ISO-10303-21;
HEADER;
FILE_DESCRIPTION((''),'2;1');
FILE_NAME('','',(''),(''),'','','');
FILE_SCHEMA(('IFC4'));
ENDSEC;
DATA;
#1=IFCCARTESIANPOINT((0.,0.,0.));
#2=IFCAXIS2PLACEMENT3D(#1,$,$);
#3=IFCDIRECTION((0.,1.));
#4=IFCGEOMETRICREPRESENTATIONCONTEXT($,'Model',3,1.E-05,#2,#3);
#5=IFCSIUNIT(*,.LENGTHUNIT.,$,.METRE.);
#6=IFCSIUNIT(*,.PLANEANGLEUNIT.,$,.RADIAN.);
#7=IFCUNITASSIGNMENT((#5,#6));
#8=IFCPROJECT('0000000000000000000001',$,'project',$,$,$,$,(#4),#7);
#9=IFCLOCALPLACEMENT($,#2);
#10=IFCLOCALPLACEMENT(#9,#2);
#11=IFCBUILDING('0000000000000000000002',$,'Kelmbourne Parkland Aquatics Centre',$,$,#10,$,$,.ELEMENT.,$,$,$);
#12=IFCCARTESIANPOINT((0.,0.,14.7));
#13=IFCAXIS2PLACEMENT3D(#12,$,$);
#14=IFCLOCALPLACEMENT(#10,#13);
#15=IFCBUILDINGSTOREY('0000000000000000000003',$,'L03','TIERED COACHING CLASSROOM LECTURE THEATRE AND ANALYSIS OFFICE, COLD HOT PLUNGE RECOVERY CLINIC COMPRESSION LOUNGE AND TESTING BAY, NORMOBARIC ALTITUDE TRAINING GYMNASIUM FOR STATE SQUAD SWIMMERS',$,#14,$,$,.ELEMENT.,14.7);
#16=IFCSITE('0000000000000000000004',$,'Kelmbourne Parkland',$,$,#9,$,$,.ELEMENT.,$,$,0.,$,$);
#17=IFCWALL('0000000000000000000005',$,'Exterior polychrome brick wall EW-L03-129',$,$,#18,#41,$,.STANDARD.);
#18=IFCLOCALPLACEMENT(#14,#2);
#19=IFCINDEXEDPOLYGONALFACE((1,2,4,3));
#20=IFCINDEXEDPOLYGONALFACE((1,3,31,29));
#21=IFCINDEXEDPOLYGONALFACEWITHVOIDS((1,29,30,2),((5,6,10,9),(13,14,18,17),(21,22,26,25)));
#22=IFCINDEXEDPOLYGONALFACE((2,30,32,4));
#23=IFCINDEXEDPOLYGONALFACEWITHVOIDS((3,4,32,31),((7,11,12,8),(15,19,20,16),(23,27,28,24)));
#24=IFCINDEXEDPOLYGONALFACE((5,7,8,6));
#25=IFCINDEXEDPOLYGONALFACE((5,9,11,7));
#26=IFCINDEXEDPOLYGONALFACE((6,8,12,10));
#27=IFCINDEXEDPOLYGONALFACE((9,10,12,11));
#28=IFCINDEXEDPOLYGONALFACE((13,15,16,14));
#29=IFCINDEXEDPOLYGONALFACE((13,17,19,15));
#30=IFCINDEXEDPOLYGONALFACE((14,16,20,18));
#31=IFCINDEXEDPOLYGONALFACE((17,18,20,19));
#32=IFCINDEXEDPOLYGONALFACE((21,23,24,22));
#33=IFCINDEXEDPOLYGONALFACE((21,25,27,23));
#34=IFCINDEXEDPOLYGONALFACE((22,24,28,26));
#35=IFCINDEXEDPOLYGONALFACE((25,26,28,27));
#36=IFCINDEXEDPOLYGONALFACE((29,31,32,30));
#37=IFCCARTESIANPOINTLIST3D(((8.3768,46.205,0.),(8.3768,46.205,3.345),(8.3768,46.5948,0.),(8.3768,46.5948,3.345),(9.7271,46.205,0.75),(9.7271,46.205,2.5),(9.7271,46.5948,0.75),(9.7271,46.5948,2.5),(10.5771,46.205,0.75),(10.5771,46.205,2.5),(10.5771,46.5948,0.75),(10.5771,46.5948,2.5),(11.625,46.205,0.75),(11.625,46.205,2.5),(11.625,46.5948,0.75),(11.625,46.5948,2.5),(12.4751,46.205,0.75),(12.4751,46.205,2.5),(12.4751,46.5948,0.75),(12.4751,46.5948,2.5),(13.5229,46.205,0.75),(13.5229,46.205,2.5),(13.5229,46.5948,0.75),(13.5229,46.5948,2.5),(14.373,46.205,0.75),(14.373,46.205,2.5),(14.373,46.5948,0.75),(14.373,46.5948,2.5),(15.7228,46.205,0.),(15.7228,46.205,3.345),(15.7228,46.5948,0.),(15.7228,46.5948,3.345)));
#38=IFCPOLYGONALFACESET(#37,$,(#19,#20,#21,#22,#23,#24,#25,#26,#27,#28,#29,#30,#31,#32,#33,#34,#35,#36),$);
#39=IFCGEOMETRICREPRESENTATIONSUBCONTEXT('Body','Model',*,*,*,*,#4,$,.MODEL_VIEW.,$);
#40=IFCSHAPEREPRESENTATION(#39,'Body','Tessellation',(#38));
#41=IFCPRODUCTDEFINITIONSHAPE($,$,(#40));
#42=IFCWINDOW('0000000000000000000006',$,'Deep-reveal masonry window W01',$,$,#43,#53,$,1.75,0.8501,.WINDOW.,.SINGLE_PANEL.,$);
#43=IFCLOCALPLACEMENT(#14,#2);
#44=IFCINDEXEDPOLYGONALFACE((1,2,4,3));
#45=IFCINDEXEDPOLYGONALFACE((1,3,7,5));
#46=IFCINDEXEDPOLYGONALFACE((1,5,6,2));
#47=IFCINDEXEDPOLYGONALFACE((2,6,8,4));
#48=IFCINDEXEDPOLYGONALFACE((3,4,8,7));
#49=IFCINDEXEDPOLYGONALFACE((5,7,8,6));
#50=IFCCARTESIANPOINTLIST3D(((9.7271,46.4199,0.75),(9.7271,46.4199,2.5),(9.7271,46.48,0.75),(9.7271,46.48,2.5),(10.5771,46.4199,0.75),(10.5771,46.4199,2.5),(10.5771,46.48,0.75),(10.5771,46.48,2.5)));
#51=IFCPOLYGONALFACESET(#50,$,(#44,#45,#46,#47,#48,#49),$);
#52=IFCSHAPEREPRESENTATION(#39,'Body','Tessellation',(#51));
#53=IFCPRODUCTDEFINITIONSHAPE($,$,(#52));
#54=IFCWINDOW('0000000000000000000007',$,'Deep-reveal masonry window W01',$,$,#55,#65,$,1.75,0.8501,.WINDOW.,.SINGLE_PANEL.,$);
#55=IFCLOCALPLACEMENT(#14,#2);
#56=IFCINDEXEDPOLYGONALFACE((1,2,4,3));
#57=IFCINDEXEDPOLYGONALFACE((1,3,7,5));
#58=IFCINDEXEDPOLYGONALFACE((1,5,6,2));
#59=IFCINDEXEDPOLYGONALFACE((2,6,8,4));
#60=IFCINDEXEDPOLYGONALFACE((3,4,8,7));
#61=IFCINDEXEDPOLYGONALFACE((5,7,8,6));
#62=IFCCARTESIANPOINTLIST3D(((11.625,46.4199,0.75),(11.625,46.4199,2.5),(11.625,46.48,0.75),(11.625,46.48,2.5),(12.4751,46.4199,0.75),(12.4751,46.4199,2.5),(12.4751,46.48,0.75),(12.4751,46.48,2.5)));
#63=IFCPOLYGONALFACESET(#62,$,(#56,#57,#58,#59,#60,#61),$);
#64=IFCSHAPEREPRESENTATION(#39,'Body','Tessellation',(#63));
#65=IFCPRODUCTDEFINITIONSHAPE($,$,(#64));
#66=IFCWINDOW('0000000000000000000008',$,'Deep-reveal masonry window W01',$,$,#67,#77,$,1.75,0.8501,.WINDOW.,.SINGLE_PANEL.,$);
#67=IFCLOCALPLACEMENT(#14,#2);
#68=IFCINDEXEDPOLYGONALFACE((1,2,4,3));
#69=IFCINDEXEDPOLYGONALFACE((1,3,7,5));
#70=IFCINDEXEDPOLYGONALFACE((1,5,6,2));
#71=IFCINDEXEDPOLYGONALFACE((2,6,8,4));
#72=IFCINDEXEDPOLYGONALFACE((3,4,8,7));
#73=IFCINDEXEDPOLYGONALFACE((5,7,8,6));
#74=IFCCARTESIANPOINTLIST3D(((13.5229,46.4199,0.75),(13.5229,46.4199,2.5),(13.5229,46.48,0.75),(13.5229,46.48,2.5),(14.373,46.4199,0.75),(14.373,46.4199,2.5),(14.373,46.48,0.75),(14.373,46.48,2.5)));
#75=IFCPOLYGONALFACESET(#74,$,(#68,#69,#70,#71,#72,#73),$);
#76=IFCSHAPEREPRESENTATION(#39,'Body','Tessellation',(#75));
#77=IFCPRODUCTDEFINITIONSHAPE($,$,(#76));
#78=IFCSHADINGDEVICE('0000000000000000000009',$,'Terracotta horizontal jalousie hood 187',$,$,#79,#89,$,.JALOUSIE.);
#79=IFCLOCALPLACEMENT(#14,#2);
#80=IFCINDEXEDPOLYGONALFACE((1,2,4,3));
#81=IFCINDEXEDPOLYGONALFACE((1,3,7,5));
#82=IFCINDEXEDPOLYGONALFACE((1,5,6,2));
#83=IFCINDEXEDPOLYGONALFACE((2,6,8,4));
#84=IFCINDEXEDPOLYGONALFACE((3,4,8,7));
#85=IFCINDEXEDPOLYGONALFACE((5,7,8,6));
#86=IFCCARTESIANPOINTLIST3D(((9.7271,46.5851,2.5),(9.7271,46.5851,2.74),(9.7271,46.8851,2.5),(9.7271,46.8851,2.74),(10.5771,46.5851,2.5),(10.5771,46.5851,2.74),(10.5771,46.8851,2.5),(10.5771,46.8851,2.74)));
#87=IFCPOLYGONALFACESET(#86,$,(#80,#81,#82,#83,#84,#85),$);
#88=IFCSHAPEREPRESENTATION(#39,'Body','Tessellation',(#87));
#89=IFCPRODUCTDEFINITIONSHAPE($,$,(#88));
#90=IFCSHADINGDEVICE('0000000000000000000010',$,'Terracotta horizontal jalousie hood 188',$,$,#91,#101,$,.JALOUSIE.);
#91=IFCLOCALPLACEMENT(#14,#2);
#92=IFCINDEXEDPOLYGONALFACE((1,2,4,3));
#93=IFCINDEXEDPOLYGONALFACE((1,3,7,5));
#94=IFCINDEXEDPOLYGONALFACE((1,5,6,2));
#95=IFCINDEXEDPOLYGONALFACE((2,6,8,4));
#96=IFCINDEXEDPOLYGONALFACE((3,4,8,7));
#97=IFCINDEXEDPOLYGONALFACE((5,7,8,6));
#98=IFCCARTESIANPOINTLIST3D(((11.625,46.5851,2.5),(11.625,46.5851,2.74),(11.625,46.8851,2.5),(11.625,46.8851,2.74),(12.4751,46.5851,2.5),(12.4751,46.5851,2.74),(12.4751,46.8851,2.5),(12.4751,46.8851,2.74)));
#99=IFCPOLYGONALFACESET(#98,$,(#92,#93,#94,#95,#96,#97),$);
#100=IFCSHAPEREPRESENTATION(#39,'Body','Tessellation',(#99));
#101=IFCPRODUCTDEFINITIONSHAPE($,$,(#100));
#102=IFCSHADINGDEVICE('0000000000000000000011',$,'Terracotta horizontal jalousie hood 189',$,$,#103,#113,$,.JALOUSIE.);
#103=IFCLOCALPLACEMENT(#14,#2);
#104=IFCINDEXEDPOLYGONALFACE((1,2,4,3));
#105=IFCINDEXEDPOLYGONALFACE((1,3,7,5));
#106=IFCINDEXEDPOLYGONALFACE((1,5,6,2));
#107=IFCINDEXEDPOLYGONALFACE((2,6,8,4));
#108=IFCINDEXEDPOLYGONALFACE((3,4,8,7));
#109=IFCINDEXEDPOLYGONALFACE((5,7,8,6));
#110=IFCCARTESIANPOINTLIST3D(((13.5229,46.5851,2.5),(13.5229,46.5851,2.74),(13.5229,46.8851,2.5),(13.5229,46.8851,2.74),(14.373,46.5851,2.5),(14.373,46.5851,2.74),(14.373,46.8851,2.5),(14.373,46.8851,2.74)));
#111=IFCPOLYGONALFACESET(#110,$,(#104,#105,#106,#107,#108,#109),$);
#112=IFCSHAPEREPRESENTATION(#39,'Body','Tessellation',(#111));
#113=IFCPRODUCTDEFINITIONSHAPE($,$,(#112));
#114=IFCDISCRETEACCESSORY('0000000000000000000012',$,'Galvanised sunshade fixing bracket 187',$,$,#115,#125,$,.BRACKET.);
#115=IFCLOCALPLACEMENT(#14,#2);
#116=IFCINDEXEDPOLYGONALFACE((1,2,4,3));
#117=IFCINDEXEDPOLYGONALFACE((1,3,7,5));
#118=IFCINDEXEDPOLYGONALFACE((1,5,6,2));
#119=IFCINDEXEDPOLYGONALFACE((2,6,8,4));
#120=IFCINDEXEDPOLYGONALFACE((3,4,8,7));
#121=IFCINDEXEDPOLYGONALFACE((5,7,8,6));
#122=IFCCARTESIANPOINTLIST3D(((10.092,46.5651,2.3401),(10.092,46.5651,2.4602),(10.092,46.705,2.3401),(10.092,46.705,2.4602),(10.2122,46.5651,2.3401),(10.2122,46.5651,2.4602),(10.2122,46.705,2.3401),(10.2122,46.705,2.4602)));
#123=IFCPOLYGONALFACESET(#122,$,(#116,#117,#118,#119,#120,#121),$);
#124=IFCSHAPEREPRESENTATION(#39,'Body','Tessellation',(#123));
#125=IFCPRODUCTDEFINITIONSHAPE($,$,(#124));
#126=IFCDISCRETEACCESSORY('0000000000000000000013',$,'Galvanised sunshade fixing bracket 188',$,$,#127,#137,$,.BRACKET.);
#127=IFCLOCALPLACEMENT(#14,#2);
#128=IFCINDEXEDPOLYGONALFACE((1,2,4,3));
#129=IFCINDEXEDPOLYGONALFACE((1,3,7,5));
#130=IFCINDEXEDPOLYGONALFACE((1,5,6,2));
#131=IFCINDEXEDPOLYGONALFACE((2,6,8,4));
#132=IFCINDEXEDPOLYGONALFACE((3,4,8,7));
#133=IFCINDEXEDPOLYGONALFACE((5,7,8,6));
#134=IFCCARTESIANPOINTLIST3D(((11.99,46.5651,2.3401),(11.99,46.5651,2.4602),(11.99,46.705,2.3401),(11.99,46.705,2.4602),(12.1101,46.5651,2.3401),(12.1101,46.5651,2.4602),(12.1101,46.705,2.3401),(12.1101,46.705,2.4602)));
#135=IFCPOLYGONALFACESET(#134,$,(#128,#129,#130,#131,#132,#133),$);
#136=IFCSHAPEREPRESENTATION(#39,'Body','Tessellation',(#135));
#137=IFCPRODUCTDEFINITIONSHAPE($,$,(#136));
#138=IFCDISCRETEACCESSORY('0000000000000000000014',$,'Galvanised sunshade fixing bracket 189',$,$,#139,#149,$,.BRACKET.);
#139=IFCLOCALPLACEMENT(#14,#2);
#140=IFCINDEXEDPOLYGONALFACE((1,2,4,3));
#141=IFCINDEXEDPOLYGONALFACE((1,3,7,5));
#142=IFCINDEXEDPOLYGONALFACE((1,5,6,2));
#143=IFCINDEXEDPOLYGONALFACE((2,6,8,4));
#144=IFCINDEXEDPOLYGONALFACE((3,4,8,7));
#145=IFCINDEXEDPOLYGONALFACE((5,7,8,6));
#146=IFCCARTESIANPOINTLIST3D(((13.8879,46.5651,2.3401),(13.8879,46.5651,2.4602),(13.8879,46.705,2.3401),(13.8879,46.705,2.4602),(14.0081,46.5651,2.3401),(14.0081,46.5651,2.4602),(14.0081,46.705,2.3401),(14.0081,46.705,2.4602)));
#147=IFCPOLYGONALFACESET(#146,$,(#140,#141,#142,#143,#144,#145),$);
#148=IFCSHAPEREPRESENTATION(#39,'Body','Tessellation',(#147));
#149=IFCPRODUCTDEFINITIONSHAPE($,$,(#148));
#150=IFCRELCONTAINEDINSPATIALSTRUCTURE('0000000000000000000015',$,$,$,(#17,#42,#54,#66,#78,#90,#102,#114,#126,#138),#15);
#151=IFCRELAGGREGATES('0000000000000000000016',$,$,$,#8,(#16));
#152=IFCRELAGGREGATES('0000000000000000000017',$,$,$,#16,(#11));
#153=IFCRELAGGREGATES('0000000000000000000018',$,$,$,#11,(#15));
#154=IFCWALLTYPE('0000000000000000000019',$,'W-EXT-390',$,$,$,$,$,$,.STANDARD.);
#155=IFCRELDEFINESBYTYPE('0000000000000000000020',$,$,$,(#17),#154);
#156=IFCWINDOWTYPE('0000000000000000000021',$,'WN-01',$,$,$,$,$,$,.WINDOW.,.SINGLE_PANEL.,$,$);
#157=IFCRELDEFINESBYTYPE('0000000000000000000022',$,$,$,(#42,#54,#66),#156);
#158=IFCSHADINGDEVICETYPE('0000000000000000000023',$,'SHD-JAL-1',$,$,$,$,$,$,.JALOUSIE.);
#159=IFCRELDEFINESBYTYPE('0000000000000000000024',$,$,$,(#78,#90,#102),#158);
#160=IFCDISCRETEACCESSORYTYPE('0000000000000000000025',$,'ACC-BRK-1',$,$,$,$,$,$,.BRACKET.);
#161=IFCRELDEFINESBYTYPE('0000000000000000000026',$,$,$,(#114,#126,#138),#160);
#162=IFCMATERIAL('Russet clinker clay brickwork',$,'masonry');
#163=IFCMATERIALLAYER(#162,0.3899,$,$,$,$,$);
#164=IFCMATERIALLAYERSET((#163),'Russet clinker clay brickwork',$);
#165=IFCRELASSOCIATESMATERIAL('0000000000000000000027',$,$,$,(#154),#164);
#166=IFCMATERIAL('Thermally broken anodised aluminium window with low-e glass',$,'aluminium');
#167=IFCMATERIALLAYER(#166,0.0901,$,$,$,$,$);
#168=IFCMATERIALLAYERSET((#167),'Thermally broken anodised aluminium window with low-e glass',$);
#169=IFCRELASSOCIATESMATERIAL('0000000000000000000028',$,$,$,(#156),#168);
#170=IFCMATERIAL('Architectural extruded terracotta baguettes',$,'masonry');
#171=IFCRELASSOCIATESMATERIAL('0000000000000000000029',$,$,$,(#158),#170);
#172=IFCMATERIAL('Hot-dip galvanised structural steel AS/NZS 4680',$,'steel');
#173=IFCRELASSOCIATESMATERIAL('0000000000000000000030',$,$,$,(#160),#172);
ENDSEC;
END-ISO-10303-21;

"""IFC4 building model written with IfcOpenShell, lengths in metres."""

from ifc_helpers import new_model, si_unit, direction, frame, frame_2d, origin, origin_2d, place, context, subcontext, project, spatial, rectangle, extrude, material, layer, layer_set, type_object, element, fill, save


model = new_model("IFC4")

# Units and contexts
model_context = context("Model", 3, precision=1e-05, world=origin(), true_north=direction((0.0, 1.0)))
body_context = subcontext(model_context, "Body", "Model", "MODEL_VIEW")
ifc_project = project(units=[si_unit("LENGTHUNIT", "METRE"), si_unit("PLANEANGLEUNIT", "RADIAN")], contexts=[model_context])

# Site, building, storey
site_placement = place(None, origin())
site = spatial("IfcSite", under=ifc_project, at=site_placement, Name="Kelmbourne Parkland", CompositionType="ELEMENT", RefElevation=0.0)
building_placement = place(site_placement, origin())
building = spatial("IfcBuilding", under=site, at=building_placement, Name="Kelmbourne Parkland Aquatics Centre", CompositionType="ELEMENT")
storey_placement = place(building_placement, frame((0.0, 0.0, 14.7)))
storey = spatial("IfcBuildingStorey", under=building, at=storey_placement, Name="L03", Description="TIERED COACHING CLASSROOM LECTURE THEATRE AND ANALYSIS OFFICE, COLD HOT PLUNGE RECOVERY CLINIC COMPRESSION LOUNGE AND TESTING BAY, NORMOBARIC ALTITUDE TRAINING GYMNASIUM FOR STATE SQUAD SWIMMERS", CompositionType="ELEMENT", Elevation=14.7)

# Wall, openings, windows
ifc_material_1 = material(Name="Russet clinker clay brickwork", Category="masonry")
ifc_layer_1 = layer(ifc_material_1, 0.3899)
ifc_layer_set_1 = layer_set([ifc_layer_1], Name="Russet clinker clay brickwork")
wall_type_1 = type_object("IfcWallType", Name="W-EXT-390", PredefinedType="STANDARD", material=ifc_layer_set_1)
wall_1_placement = place(storey_placement, frame((8.377, 46.3999, 0.0), z_axis=(0.0, 0.0, 1.0), x_axis=(1.0, 0.0, 0.0)))
wall_1 = element("IfcWall", 1, at=wall_1_placement, inside=storey, type_object=wall_type_1, Name="Exterior polychrome brick wall EW-L03-129", PredefinedType="STANDARD", context=body_context, shape_type="SweptSolid", body=[
    extrude(rectangle(XDim=7.3459, YDim=0.3899, at=frame_2d((3.6729, 0.0))), origin(), (0.0, 0.0, 1.0), 3.345),
])
opening_1_placement = place(wall_1_placement, frame((1.3501, 0.0, 0.75)))
opening_1 = element("IfcOpeningElement", 2, at=opening_1_placement, cuts=wall_1, PredefinedType="OPENING", context=body_context, shape_type="SweptSolid", body=[
    extrude(rectangle(XDim=0.8501, YDim=1.75, at=frame_2d((0.425, 0.875))), frame((0.0, 0.207, 0.0), z_axis=(0.0, -1.0, 0.0), x_axis=(1.0, 0.0, 0.0)), (0.0, 0.0, 1.0), 0.4138),
])
opening_2_placement = place(wall_1_placement, frame((3.248, 0.0, 0.75)))
opening_2 = element("IfcOpeningElement", 3, at=opening_2_placement, cuts=wall_1, PredefinedType="OPENING", context=body_context, shape_type="SweptSolid", body=[
    extrude(rectangle(XDim=0.8501, YDim=1.75, at=frame_2d((0.425, 0.875))), frame((0.0, 0.207, 0.0), z_axis=(0.0, -1.0, 0.0), x_axis=(1.0, 0.0, 0.0)), (0.0, 0.0, 1.0), 0.4138),
])
opening_3_placement = place(wall_1_placement, frame((5.146, 0.0, 0.75)))
opening_3 = element("IfcOpeningElement", 4, at=opening_3_placement, cuts=wall_1, PredefinedType="OPENING", context=body_context, shape_type="SweptSolid", body=[
    extrude(rectangle(XDim=0.8501, YDim=1.75, at=frame_2d((0.425, 0.875))), frame((0.0, 0.207, 0.0), z_axis=(0.0, -1.0, 0.0), x_axis=(1.0, 0.0, 0.0)), (0.0, 0.0, 1.0), 0.4138),
])
ifc_material_2 = material(Name="Thermally broken anodised aluminium window with low-e glass", Category="aluminium")
ifc_layer_2 = layer(ifc_material_2, 0.0901)
ifc_layer_set_2 = layer_set([ifc_layer_2], Name="Thermally broken anodised aluminium window with low-e glass")
window_type = type_object("IfcWindowType", Name="WN-01", PartitioningType="SINGLE_PANEL", PredefinedType="WINDOW", material=ifc_layer_set_2)
window_1_placement = place(opening_1_placement, origin())
window_1 = element("IfcWindow", 5, at=window_1_placement, inside=storey, type_object=window_type, Name="Deep-reveal masonry window W01", OverallHeight=1.75, OverallWidth=0.8501, PartitioningType="SINGLE_PANEL", PredefinedType="WINDOW", context=body_context, shape_type="SweptSolid", body=[
    extrude(rectangle(XDim=0.8501, YDim=1.75, at=frame_2d((0.425, 0.875))), frame((0.0, 0.0801, 0.0), z_axis=(0.0, -1.0, 0.0), x_axis=(1.0, 0.0, 0.0)), (0.0, 0.0, 1.0), 0.0601),
])
fill(opening_1, window_1)
window_2_placement = place(opening_2_placement, origin())
window_2 = element("IfcWindow", 6, at=window_2_placement, inside=storey, type_object=window_type, Name="Deep-reveal masonry window W01", OverallHeight=1.75, OverallWidth=0.8501, PartitioningType="SINGLE_PANEL", PredefinedType="WINDOW", context=body_context, shape_type="SweptSolid", body=[
    extrude(rectangle(XDim=0.8501, YDim=1.75, at=frame_2d((0.425, 0.875))), frame((0.0, 0.0801, 0.0), z_axis=(0.0, -1.0, 0.0), x_axis=(1.0, 0.0, 0.0)), (0.0, 0.0, 1.0), 0.0601),
])
fill(opening_2, window_2)
window_3_placement = place(opening_3_placement, origin())
window_3 = element("IfcWindow", 7, at=window_3_placement, inside=storey, type_object=window_type, Name="Deep-reveal masonry window W01", OverallHeight=1.75, OverallWidth=0.8501, PartitioningType="SINGLE_PANEL", PredefinedType="WINDOW", context=body_context, shape_type="SweptSolid", body=[
    extrude(rectangle(XDim=0.8501, YDim=1.75, at=frame_2d((0.425, 0.875))), frame((0.0, 0.0801, 0.0), z_axis=(0.0, -1.0, 0.0), x_axis=(1.0, 0.0, 0.0)), (0.0, 0.0, 1.0), 0.0601),
])
fill(opening_3, window_3)

# Shading devices
ifc_material_3 = material(Name="Architectural extruded terracotta baguettes", Category="masonry")
shading_device_type = type_object("IfcShadingDeviceType", Name="SHD-JAL-1", PredefinedType="JALOUSIE", material=ifc_material_3)
for number, where, z_axis, x_axis, name in (
    (8, (10.1521, 46.7351, 2.5), (0.0, 0.0, 1.0), (1.0, 0.0, 0.0), "Terracotta horizontal jalousie hood 187"),
    (9, (12.05, 46.7351, 2.5), (0.0, 0.0, 1.0), (1.0, 0.0, 0.0), "Terracotta horizontal jalousie hood 188"),
    (10, (13.948, 46.7351, 2.5), (0.0, 0.0, 1.0), (1.0, 0.0, 0.0), "Terracotta horizontal jalousie hood 189"),
):
    element("IfcShadingDevice", number, at=place(storey_placement, frame(where, z_axis=z_axis, x_axis=x_axis)), inside=storey, type_object=shading_device_type, Name=name, PredefinedType="JALOUSIE", context=body_context, shape_type="SweptSolid", body=[
        extrude(rectangle(XDim=0.8501, YDim=0.3, at=origin_2d()), origin(), (0.0, 0.0, 1.0), 0.24),
    ])

# Discrete accessories
ifc_material_4 = material(Name="Hot-dip galvanised structural steel AS/NZS 4680", Category="steel")
discrete_accessory_type = type_object("IfcDiscreteAccessoryType", Name="ACC-BRK-1", PredefinedType="BRACKET", material=ifc_material_4)
for number, where, z_axis, x_axis, name in (
    (11, (10.1521, 46.635, 2.3401), (0.0, 0.0, 1.0), (1.0, 0.0, 0.0), "Galvanised sunshade fixing bracket 187"),
    (12, (12.05, 46.635, 2.3401), (0.0, 0.0, 1.0), (1.0, 0.0, 0.0), "Galvanised sunshade fixing bracket 188"),
    (13, (13.948, 46.635, 2.3401), (0.0, 0.0, 1.0), (1.0, 0.0, 0.0), "Galvanised sunshade fixing bracket 189"),
):
    element("IfcDiscreteAccessory", number, at=place(storey_placement, frame(where, z_axis=z_axis, x_axis=x_axis)), inside=storey, type_object=discrete_accessory_type, Name=name, PredefinedType="BRACKET", context=body_context, shape_type="SweptSolid", body=[
        extrude(rectangle(XDim=0.1201, YDim=0.1399, at=origin_2d()), origin(), (0.0, 0.0, 1.0), 0.1201),
    ])

save(model, "model.ifc")
